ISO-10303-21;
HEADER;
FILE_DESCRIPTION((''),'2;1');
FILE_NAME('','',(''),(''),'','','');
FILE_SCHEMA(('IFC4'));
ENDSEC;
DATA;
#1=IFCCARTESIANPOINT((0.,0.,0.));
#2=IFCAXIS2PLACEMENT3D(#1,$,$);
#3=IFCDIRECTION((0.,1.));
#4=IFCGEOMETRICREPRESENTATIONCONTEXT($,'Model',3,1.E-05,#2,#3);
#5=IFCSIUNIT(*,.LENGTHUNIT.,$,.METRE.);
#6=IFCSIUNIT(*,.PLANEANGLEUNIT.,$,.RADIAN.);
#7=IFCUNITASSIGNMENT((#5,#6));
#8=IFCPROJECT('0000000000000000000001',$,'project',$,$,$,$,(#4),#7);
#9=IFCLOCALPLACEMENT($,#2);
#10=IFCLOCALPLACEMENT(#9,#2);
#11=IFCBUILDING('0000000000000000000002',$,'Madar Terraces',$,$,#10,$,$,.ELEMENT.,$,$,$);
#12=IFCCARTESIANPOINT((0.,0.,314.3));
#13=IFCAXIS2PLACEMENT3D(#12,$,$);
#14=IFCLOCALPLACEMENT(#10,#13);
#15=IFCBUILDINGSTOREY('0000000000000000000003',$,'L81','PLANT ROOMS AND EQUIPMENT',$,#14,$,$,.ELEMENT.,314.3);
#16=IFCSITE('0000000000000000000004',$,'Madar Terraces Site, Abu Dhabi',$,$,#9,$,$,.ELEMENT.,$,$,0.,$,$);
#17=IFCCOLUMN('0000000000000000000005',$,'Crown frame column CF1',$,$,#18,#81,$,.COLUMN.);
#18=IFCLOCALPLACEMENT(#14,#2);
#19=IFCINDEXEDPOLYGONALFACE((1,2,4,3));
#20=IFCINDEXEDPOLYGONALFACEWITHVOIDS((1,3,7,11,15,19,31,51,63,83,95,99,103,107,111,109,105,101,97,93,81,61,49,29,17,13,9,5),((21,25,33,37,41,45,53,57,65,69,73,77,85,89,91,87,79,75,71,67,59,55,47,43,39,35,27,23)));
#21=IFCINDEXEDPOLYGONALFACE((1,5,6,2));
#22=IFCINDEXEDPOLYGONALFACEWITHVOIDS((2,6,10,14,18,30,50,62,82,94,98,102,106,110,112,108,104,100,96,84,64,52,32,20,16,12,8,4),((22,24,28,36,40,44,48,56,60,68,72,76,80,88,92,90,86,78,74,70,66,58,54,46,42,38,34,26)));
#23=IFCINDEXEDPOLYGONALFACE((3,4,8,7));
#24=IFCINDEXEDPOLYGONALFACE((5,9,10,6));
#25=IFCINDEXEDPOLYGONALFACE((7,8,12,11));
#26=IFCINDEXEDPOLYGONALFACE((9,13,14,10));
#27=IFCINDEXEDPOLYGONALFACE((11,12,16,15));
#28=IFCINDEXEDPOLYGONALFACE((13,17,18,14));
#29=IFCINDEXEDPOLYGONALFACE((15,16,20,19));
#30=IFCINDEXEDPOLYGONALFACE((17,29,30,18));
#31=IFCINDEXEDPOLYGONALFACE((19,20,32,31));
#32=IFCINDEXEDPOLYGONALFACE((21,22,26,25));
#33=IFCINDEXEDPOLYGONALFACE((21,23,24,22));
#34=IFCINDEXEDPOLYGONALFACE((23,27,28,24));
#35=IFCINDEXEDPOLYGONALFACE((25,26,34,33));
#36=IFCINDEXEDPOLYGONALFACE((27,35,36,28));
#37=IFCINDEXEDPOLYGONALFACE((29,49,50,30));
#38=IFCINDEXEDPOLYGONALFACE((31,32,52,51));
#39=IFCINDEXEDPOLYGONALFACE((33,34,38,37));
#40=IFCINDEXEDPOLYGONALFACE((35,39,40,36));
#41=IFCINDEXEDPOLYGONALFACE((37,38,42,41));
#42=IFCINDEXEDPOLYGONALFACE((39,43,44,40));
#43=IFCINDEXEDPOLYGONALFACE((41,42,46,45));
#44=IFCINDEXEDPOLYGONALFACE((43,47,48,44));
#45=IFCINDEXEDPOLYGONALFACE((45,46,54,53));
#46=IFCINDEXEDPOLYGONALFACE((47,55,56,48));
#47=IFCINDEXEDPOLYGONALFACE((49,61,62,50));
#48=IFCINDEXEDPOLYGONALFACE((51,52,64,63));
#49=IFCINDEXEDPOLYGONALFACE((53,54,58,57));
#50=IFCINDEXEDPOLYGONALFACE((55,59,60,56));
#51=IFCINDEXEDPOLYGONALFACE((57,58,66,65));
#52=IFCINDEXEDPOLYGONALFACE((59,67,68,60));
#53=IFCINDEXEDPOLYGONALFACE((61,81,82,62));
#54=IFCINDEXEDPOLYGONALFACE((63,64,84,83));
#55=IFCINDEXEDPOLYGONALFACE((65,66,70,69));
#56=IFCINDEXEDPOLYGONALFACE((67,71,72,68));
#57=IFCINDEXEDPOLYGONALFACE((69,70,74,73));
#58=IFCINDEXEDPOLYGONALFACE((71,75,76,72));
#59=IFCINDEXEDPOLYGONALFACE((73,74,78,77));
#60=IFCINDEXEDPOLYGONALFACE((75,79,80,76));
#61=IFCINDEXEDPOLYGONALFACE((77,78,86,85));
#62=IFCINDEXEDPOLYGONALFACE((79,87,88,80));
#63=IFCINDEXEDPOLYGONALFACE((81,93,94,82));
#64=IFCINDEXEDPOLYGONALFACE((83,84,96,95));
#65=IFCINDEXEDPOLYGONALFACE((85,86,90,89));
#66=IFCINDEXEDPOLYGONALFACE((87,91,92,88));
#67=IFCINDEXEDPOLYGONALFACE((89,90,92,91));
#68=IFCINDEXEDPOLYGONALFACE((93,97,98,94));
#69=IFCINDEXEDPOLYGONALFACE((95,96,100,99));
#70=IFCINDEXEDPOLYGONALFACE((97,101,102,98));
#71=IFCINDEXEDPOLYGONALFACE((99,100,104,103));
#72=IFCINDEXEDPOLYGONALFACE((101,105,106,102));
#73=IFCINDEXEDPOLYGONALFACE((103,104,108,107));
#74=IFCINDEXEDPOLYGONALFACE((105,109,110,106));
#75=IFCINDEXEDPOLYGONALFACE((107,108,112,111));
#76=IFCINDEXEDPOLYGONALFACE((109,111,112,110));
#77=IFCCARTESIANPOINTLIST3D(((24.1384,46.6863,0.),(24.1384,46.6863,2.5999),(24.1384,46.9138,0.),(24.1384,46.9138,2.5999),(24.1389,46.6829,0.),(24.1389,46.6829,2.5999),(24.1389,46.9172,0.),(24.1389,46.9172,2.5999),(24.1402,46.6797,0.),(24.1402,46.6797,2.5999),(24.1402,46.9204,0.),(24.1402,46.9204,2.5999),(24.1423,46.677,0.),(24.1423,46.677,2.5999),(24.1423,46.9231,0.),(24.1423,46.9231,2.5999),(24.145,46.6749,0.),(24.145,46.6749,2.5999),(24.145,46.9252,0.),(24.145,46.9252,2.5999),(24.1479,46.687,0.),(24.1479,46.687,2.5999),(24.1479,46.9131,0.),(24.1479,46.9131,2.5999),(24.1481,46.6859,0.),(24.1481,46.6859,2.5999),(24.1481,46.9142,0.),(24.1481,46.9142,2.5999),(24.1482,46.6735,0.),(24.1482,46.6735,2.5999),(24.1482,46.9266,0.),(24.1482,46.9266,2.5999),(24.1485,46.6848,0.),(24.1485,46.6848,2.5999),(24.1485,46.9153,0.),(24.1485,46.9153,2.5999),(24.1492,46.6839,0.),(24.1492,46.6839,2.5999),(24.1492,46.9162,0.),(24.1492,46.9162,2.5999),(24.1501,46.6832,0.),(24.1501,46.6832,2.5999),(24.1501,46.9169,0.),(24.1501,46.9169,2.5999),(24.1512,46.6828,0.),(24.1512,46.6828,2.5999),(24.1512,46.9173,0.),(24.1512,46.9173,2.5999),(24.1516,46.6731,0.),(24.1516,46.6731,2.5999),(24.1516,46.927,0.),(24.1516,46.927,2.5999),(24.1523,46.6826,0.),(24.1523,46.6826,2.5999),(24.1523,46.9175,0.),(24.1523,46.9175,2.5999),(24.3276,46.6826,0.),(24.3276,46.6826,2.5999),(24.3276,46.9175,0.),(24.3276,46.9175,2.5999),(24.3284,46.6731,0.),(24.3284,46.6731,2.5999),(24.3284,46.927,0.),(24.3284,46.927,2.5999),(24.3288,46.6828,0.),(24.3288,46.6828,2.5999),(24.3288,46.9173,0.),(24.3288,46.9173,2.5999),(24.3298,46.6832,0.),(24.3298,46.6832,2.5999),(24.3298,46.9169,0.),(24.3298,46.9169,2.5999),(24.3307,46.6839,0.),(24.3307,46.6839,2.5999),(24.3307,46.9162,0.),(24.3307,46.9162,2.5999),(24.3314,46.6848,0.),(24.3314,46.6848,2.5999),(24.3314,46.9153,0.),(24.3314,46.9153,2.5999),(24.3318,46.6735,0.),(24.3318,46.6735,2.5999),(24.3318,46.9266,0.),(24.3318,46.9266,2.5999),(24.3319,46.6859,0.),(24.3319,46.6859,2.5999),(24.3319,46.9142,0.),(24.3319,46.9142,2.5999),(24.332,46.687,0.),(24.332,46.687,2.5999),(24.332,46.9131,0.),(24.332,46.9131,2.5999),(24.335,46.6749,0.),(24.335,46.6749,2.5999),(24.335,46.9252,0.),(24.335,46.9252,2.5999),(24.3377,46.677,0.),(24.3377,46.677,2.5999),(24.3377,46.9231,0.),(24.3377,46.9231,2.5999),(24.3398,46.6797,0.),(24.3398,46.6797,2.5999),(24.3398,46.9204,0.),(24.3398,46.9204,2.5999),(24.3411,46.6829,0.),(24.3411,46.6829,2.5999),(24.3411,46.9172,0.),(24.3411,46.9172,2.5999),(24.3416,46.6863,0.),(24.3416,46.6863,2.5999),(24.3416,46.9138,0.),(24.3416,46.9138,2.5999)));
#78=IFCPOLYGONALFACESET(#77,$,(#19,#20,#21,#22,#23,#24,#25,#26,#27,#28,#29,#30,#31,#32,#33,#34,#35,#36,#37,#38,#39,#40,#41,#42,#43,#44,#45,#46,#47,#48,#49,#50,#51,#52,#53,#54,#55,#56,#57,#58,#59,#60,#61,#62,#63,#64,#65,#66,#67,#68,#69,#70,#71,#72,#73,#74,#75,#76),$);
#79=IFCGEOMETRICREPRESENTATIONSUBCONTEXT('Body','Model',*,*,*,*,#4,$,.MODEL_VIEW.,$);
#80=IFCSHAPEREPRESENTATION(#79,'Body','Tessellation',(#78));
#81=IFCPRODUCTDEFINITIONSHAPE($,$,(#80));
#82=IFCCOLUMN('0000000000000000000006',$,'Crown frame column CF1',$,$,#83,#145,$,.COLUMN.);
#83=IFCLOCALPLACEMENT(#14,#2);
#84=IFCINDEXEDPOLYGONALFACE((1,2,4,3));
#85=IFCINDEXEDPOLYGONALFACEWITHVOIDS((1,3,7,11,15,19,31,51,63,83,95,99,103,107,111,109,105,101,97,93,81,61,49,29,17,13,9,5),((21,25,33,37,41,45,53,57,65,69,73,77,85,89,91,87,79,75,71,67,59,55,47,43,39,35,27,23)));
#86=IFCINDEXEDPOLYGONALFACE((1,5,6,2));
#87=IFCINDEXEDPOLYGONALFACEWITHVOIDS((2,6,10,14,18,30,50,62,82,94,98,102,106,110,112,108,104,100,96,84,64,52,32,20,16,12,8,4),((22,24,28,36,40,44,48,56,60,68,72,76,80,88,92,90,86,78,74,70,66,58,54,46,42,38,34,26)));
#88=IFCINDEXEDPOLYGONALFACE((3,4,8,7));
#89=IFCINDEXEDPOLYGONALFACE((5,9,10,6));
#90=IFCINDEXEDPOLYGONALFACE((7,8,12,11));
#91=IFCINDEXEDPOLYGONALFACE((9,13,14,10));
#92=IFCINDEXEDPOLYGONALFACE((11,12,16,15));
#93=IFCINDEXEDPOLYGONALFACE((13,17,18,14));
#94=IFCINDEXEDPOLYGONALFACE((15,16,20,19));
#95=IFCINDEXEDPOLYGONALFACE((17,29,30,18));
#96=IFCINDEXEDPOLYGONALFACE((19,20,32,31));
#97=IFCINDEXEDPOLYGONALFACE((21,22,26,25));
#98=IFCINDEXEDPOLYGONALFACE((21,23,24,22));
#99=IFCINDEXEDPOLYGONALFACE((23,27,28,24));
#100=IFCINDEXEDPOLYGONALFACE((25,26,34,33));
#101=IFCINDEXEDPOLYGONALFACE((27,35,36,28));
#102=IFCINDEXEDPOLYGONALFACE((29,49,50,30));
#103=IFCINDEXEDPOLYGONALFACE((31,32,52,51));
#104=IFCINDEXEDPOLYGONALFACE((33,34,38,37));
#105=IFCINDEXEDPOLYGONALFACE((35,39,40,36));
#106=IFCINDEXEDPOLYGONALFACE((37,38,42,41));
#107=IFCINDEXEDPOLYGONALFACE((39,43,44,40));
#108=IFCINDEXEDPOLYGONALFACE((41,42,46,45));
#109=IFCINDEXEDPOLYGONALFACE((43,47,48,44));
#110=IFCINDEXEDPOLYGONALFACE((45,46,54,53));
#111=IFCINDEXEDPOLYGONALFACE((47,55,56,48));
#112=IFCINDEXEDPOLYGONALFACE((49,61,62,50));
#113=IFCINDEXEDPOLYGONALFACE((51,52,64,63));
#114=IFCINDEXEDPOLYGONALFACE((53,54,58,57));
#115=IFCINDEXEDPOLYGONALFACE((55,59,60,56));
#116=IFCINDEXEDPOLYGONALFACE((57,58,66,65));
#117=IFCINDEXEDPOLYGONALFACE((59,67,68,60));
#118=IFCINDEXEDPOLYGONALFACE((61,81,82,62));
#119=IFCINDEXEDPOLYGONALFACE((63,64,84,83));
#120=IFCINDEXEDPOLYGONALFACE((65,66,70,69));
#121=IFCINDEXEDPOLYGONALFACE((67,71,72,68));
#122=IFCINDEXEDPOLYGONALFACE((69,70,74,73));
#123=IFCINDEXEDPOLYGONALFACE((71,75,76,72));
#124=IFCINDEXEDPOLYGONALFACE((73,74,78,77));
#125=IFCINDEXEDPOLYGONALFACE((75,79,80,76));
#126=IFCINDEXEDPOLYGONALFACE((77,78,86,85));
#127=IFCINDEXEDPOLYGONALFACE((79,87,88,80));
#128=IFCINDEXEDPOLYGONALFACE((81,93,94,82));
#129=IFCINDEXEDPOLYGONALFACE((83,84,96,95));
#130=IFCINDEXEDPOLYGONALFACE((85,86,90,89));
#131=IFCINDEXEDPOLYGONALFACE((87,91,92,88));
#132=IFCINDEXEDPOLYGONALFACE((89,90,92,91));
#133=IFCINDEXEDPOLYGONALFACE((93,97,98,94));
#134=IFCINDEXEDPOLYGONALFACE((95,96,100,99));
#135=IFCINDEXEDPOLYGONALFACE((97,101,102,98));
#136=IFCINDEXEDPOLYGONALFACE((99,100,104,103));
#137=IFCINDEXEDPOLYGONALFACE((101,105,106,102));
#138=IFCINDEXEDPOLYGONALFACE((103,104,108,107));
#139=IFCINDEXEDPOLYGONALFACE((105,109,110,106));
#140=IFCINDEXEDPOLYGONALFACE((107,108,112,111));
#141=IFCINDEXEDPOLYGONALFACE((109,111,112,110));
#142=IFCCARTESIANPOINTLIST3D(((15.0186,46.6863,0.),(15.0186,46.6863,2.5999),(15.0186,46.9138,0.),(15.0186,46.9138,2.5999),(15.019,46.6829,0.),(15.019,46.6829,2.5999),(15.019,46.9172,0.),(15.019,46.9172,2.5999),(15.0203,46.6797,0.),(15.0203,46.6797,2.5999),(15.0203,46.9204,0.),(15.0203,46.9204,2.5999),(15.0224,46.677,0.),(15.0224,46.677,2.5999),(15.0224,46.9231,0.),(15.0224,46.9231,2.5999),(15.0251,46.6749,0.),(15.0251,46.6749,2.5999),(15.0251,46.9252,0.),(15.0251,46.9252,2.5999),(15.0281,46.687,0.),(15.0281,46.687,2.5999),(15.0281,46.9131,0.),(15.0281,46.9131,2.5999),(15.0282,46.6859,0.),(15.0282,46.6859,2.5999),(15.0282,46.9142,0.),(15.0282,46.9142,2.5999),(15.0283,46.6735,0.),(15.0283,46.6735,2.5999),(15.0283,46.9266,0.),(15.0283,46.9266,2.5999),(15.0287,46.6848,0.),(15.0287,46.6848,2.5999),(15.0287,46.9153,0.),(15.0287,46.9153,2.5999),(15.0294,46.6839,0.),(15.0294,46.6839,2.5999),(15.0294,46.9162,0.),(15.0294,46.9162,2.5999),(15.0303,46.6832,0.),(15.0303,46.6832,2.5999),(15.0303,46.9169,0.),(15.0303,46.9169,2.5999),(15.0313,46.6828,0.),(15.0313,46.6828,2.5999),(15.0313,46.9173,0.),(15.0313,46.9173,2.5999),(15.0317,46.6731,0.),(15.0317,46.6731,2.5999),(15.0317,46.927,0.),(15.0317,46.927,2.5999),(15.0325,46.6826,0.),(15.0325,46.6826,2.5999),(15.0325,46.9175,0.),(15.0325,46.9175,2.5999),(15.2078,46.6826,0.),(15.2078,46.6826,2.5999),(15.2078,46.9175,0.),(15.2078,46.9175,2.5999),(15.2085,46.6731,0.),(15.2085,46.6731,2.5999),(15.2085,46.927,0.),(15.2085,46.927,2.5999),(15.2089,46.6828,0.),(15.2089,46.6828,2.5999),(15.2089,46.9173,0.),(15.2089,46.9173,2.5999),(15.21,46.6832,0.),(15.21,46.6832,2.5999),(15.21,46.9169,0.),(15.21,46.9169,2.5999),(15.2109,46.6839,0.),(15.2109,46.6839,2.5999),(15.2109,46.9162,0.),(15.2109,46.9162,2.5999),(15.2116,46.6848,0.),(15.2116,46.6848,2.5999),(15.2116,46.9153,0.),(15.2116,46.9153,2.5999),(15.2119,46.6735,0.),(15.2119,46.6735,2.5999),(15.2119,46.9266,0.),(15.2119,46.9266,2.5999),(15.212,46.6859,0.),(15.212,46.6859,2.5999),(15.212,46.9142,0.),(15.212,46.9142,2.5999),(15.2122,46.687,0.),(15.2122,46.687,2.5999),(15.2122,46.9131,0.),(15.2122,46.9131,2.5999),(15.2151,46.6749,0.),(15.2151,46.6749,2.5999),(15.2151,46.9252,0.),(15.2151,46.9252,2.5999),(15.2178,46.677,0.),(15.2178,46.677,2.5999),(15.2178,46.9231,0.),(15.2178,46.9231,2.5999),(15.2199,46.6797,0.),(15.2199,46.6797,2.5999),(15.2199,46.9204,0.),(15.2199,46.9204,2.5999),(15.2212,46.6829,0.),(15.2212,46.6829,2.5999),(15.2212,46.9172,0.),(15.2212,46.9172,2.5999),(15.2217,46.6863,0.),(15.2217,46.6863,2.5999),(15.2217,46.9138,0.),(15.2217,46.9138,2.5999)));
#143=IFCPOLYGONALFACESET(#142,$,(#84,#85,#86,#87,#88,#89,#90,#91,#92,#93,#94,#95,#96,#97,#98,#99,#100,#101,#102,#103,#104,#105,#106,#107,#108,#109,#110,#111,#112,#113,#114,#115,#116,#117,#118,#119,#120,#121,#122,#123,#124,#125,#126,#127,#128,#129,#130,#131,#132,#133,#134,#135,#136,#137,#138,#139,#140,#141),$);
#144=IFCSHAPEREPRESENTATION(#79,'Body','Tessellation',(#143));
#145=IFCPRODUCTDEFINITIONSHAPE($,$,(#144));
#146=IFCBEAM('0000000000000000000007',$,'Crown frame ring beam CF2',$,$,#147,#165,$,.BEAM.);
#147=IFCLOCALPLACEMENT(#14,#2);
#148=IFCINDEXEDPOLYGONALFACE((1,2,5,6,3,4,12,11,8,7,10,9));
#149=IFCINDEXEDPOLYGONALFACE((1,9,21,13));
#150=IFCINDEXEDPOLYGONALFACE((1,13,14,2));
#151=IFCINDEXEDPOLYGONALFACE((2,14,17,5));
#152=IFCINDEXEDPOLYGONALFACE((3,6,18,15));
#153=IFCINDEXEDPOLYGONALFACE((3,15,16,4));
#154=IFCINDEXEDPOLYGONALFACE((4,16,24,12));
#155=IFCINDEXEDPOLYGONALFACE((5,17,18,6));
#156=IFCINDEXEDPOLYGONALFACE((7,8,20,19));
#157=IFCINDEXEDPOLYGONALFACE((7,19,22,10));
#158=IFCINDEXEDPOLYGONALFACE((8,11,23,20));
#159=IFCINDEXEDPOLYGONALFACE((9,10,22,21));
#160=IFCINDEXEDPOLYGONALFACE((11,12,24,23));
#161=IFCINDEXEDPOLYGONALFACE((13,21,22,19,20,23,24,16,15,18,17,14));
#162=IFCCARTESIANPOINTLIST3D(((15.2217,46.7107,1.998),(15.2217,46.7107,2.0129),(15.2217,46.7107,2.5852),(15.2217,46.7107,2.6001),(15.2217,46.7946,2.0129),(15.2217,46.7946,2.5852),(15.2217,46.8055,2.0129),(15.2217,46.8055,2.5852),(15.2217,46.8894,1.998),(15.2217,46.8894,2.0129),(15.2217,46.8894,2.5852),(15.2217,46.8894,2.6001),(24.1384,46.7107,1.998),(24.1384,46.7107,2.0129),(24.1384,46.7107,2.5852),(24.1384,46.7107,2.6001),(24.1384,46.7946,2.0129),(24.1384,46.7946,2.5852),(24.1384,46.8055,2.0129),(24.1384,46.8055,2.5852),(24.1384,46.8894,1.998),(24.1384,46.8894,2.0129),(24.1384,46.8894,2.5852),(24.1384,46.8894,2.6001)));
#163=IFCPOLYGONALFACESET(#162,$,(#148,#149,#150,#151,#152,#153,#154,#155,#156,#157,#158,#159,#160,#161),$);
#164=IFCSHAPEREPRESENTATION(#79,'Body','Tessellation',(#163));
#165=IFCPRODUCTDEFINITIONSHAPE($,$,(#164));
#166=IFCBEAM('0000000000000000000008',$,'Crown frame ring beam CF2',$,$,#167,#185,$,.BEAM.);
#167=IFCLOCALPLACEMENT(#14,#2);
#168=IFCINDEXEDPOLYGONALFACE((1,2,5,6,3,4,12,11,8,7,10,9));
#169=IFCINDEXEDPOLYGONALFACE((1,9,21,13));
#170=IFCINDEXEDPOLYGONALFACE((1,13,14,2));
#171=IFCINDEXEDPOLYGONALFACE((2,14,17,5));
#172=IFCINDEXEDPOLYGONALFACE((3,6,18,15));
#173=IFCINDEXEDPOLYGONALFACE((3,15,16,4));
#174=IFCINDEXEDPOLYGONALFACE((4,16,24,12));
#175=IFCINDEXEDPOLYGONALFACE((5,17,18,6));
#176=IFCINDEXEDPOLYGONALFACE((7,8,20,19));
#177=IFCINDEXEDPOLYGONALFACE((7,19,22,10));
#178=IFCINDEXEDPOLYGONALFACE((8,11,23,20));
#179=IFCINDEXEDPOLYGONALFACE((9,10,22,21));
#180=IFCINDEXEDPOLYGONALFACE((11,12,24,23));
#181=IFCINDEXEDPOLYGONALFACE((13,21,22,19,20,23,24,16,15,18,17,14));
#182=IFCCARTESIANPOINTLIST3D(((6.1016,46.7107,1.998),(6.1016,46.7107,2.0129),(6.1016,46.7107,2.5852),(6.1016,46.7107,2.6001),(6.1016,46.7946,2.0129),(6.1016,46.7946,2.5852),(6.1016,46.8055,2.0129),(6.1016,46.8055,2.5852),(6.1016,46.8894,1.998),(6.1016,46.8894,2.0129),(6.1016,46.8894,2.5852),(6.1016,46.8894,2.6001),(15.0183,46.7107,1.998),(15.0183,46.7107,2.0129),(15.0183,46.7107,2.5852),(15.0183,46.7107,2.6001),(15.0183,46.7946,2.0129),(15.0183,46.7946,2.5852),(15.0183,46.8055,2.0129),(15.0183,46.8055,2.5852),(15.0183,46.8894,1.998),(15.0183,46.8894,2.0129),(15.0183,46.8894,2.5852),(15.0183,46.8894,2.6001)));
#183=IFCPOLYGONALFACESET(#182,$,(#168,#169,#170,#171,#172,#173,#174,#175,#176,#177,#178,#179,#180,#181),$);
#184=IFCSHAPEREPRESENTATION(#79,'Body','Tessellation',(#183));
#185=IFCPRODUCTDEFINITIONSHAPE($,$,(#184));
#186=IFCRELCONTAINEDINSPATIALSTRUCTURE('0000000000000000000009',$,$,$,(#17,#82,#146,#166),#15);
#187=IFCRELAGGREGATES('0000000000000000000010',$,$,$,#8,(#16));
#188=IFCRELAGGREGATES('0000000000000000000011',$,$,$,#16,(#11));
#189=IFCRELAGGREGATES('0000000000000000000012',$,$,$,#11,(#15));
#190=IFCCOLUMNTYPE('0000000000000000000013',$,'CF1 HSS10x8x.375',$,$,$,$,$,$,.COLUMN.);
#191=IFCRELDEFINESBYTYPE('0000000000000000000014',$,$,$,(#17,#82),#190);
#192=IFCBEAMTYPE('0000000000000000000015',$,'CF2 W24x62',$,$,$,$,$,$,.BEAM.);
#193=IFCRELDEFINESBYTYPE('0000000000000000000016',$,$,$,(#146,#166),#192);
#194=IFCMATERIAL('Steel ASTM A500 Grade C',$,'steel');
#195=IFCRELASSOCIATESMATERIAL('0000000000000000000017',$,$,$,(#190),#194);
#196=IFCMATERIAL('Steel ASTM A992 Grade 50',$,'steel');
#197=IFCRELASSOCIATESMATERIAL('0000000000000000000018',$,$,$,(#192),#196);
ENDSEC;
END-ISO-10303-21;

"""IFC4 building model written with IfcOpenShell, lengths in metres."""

from ifc_helpers import new_model, si_unit, direction, frame, origin, origin_2d, place, context, subcontext, project, spatial, hollow_rectangle, i_section, extrude, material, material_profile, profile_set, type_object, element, save


model = new_model("IFC4")

# Units and contexts
model_context = context("Model", 3, precision=1e-05, world=origin(), true_north=direction((0.0, 1.0)))
body_context = subcontext(model_context, "Body", "Model", "MODEL_VIEW")
ifc_project = project(units=[si_unit("LENGTHUNIT", "METRE"), si_unit("PLANEANGLEUNIT", "RADIAN")], contexts=[model_context])

# Site, building, storey
site_placement = place(None, origin())
site = spatial("IfcSite", under=ifc_project, at=site_placement, Name="Madar Terraces Site, Abu Dhabi", CompositionType="ELEMENT", RefElevation=0.0)
building_placement = place(site_placement, origin())
building = spatial("IfcBuilding", under=site, at=building_placement, Name="Madar Terraces", CompositionType="ELEMENT")
storey_placement = place(building_placement, frame((0.0, 0.0, 314.3)))
storey = spatial("IfcBuildingStorey", under=building, at=storey_placement, Name="L81", Description="PLANT ROOMS AND EQUIPMENT", CompositionType="ELEMENT", Elevation=314.3)

# Columns
ifc_material_1 = material(Name="Steel ASTM A500 Grade C", Category="steel")
ifc_material_profile_1 = material_profile(ifc_material_1, hollow_rectangle(XDim=0.2031, YDim=0.2539, WallThickness=0.0095, InnerFilletRadius=0.0044, OuterFilletRadius=0.0132, at=origin_2d()), Name="HSS10x8x.375")
ifc_profile_set_1 = profile_set([ifc_material_profile_1], Name="Steel ASTM A500 Grade C")
column_type = type_object("IfcColumnType", Name="CF1 HSS10x8x.375", PredefinedType="COLUMN", material=ifc_profile_set_1)
for number, where, z_axis, x_axis, name in (
    (1, (24.24, 46.8, 0.0), (0.0, 0.0, 1.0), (1.0, 0.0, 0.0), "Crown frame column CF1"),
    (2, (15.1201, 46.8, 0.0), (0.0, 0.0, 1.0), (1.0, 0.0, 0.0), "Crown frame column CF1"),
):
    element("IfcColumn", number, at=place(storey_placement, frame(where, z_axis=z_axis, x_axis=x_axis)), inside=storey, type_object=column_type, Name=name, PredefinedType="COLUMN", context=body_context, shape_type="SweptSolid", body=[
        extrude(hollow_rectangle(XDim=0.2031, YDim=0.2539, WallThickness=0.0095, InnerFilletRadius=0.0044, OuterFilletRadius=0.0132, at=origin_2d()), origin(), (0.0, 0.0, 1.0), 2.5999),
    ])

# Beams
ifc_material_2 = material(Name="Steel ASTM A992 Grade 50", Category="steel")
ifc_material_profile_2 = material_profile(ifc_material_2, i_section(OverallWidth=0.1787, OverallDepth=0.6021, WebThickness=0.011, FlangeThickness=0.0149, at=origin_2d()), Name="W24x62")
ifc_profile_set_2 = profile_set([ifc_material_profile_2], Name="Steel ASTM A992 Grade 50")
beam_type = type_object("IfcBeamType", Name="CF2 W24x62", PredefinedType="BEAM", material=ifc_profile_set_2)
for number, where, z_axis, x_axis, name in (
    (3, (24.1384, 46.8, 2.2991), (-1.0, 0.0, 0.0), (0.0, -1.0, 0.0), "Crown frame ring beam CF2"),
    (4, (15.0183, 46.8, 2.2991), (-1.0, 0.0, 0.0), (0.0, -1.0, 0.0), "Crown frame ring beam CF2"),
):
    element("IfcBeam", number, at=place(storey_placement, frame(where, z_axis=z_axis, x_axis=x_axis)), inside=storey, type_object=beam_type, Name=name, PredefinedType="BEAM", context=body_context, shape_type="SweptSolid", body=[
        extrude(i_section(OverallWidth=0.1787, OverallDepth=0.6021, WebThickness=0.011, FlangeThickness=0.0149, at=origin_2d()), origin(), (0.0, 0.0, 1.0), 8.9167),
    ])

save(model, "model.ifc")
